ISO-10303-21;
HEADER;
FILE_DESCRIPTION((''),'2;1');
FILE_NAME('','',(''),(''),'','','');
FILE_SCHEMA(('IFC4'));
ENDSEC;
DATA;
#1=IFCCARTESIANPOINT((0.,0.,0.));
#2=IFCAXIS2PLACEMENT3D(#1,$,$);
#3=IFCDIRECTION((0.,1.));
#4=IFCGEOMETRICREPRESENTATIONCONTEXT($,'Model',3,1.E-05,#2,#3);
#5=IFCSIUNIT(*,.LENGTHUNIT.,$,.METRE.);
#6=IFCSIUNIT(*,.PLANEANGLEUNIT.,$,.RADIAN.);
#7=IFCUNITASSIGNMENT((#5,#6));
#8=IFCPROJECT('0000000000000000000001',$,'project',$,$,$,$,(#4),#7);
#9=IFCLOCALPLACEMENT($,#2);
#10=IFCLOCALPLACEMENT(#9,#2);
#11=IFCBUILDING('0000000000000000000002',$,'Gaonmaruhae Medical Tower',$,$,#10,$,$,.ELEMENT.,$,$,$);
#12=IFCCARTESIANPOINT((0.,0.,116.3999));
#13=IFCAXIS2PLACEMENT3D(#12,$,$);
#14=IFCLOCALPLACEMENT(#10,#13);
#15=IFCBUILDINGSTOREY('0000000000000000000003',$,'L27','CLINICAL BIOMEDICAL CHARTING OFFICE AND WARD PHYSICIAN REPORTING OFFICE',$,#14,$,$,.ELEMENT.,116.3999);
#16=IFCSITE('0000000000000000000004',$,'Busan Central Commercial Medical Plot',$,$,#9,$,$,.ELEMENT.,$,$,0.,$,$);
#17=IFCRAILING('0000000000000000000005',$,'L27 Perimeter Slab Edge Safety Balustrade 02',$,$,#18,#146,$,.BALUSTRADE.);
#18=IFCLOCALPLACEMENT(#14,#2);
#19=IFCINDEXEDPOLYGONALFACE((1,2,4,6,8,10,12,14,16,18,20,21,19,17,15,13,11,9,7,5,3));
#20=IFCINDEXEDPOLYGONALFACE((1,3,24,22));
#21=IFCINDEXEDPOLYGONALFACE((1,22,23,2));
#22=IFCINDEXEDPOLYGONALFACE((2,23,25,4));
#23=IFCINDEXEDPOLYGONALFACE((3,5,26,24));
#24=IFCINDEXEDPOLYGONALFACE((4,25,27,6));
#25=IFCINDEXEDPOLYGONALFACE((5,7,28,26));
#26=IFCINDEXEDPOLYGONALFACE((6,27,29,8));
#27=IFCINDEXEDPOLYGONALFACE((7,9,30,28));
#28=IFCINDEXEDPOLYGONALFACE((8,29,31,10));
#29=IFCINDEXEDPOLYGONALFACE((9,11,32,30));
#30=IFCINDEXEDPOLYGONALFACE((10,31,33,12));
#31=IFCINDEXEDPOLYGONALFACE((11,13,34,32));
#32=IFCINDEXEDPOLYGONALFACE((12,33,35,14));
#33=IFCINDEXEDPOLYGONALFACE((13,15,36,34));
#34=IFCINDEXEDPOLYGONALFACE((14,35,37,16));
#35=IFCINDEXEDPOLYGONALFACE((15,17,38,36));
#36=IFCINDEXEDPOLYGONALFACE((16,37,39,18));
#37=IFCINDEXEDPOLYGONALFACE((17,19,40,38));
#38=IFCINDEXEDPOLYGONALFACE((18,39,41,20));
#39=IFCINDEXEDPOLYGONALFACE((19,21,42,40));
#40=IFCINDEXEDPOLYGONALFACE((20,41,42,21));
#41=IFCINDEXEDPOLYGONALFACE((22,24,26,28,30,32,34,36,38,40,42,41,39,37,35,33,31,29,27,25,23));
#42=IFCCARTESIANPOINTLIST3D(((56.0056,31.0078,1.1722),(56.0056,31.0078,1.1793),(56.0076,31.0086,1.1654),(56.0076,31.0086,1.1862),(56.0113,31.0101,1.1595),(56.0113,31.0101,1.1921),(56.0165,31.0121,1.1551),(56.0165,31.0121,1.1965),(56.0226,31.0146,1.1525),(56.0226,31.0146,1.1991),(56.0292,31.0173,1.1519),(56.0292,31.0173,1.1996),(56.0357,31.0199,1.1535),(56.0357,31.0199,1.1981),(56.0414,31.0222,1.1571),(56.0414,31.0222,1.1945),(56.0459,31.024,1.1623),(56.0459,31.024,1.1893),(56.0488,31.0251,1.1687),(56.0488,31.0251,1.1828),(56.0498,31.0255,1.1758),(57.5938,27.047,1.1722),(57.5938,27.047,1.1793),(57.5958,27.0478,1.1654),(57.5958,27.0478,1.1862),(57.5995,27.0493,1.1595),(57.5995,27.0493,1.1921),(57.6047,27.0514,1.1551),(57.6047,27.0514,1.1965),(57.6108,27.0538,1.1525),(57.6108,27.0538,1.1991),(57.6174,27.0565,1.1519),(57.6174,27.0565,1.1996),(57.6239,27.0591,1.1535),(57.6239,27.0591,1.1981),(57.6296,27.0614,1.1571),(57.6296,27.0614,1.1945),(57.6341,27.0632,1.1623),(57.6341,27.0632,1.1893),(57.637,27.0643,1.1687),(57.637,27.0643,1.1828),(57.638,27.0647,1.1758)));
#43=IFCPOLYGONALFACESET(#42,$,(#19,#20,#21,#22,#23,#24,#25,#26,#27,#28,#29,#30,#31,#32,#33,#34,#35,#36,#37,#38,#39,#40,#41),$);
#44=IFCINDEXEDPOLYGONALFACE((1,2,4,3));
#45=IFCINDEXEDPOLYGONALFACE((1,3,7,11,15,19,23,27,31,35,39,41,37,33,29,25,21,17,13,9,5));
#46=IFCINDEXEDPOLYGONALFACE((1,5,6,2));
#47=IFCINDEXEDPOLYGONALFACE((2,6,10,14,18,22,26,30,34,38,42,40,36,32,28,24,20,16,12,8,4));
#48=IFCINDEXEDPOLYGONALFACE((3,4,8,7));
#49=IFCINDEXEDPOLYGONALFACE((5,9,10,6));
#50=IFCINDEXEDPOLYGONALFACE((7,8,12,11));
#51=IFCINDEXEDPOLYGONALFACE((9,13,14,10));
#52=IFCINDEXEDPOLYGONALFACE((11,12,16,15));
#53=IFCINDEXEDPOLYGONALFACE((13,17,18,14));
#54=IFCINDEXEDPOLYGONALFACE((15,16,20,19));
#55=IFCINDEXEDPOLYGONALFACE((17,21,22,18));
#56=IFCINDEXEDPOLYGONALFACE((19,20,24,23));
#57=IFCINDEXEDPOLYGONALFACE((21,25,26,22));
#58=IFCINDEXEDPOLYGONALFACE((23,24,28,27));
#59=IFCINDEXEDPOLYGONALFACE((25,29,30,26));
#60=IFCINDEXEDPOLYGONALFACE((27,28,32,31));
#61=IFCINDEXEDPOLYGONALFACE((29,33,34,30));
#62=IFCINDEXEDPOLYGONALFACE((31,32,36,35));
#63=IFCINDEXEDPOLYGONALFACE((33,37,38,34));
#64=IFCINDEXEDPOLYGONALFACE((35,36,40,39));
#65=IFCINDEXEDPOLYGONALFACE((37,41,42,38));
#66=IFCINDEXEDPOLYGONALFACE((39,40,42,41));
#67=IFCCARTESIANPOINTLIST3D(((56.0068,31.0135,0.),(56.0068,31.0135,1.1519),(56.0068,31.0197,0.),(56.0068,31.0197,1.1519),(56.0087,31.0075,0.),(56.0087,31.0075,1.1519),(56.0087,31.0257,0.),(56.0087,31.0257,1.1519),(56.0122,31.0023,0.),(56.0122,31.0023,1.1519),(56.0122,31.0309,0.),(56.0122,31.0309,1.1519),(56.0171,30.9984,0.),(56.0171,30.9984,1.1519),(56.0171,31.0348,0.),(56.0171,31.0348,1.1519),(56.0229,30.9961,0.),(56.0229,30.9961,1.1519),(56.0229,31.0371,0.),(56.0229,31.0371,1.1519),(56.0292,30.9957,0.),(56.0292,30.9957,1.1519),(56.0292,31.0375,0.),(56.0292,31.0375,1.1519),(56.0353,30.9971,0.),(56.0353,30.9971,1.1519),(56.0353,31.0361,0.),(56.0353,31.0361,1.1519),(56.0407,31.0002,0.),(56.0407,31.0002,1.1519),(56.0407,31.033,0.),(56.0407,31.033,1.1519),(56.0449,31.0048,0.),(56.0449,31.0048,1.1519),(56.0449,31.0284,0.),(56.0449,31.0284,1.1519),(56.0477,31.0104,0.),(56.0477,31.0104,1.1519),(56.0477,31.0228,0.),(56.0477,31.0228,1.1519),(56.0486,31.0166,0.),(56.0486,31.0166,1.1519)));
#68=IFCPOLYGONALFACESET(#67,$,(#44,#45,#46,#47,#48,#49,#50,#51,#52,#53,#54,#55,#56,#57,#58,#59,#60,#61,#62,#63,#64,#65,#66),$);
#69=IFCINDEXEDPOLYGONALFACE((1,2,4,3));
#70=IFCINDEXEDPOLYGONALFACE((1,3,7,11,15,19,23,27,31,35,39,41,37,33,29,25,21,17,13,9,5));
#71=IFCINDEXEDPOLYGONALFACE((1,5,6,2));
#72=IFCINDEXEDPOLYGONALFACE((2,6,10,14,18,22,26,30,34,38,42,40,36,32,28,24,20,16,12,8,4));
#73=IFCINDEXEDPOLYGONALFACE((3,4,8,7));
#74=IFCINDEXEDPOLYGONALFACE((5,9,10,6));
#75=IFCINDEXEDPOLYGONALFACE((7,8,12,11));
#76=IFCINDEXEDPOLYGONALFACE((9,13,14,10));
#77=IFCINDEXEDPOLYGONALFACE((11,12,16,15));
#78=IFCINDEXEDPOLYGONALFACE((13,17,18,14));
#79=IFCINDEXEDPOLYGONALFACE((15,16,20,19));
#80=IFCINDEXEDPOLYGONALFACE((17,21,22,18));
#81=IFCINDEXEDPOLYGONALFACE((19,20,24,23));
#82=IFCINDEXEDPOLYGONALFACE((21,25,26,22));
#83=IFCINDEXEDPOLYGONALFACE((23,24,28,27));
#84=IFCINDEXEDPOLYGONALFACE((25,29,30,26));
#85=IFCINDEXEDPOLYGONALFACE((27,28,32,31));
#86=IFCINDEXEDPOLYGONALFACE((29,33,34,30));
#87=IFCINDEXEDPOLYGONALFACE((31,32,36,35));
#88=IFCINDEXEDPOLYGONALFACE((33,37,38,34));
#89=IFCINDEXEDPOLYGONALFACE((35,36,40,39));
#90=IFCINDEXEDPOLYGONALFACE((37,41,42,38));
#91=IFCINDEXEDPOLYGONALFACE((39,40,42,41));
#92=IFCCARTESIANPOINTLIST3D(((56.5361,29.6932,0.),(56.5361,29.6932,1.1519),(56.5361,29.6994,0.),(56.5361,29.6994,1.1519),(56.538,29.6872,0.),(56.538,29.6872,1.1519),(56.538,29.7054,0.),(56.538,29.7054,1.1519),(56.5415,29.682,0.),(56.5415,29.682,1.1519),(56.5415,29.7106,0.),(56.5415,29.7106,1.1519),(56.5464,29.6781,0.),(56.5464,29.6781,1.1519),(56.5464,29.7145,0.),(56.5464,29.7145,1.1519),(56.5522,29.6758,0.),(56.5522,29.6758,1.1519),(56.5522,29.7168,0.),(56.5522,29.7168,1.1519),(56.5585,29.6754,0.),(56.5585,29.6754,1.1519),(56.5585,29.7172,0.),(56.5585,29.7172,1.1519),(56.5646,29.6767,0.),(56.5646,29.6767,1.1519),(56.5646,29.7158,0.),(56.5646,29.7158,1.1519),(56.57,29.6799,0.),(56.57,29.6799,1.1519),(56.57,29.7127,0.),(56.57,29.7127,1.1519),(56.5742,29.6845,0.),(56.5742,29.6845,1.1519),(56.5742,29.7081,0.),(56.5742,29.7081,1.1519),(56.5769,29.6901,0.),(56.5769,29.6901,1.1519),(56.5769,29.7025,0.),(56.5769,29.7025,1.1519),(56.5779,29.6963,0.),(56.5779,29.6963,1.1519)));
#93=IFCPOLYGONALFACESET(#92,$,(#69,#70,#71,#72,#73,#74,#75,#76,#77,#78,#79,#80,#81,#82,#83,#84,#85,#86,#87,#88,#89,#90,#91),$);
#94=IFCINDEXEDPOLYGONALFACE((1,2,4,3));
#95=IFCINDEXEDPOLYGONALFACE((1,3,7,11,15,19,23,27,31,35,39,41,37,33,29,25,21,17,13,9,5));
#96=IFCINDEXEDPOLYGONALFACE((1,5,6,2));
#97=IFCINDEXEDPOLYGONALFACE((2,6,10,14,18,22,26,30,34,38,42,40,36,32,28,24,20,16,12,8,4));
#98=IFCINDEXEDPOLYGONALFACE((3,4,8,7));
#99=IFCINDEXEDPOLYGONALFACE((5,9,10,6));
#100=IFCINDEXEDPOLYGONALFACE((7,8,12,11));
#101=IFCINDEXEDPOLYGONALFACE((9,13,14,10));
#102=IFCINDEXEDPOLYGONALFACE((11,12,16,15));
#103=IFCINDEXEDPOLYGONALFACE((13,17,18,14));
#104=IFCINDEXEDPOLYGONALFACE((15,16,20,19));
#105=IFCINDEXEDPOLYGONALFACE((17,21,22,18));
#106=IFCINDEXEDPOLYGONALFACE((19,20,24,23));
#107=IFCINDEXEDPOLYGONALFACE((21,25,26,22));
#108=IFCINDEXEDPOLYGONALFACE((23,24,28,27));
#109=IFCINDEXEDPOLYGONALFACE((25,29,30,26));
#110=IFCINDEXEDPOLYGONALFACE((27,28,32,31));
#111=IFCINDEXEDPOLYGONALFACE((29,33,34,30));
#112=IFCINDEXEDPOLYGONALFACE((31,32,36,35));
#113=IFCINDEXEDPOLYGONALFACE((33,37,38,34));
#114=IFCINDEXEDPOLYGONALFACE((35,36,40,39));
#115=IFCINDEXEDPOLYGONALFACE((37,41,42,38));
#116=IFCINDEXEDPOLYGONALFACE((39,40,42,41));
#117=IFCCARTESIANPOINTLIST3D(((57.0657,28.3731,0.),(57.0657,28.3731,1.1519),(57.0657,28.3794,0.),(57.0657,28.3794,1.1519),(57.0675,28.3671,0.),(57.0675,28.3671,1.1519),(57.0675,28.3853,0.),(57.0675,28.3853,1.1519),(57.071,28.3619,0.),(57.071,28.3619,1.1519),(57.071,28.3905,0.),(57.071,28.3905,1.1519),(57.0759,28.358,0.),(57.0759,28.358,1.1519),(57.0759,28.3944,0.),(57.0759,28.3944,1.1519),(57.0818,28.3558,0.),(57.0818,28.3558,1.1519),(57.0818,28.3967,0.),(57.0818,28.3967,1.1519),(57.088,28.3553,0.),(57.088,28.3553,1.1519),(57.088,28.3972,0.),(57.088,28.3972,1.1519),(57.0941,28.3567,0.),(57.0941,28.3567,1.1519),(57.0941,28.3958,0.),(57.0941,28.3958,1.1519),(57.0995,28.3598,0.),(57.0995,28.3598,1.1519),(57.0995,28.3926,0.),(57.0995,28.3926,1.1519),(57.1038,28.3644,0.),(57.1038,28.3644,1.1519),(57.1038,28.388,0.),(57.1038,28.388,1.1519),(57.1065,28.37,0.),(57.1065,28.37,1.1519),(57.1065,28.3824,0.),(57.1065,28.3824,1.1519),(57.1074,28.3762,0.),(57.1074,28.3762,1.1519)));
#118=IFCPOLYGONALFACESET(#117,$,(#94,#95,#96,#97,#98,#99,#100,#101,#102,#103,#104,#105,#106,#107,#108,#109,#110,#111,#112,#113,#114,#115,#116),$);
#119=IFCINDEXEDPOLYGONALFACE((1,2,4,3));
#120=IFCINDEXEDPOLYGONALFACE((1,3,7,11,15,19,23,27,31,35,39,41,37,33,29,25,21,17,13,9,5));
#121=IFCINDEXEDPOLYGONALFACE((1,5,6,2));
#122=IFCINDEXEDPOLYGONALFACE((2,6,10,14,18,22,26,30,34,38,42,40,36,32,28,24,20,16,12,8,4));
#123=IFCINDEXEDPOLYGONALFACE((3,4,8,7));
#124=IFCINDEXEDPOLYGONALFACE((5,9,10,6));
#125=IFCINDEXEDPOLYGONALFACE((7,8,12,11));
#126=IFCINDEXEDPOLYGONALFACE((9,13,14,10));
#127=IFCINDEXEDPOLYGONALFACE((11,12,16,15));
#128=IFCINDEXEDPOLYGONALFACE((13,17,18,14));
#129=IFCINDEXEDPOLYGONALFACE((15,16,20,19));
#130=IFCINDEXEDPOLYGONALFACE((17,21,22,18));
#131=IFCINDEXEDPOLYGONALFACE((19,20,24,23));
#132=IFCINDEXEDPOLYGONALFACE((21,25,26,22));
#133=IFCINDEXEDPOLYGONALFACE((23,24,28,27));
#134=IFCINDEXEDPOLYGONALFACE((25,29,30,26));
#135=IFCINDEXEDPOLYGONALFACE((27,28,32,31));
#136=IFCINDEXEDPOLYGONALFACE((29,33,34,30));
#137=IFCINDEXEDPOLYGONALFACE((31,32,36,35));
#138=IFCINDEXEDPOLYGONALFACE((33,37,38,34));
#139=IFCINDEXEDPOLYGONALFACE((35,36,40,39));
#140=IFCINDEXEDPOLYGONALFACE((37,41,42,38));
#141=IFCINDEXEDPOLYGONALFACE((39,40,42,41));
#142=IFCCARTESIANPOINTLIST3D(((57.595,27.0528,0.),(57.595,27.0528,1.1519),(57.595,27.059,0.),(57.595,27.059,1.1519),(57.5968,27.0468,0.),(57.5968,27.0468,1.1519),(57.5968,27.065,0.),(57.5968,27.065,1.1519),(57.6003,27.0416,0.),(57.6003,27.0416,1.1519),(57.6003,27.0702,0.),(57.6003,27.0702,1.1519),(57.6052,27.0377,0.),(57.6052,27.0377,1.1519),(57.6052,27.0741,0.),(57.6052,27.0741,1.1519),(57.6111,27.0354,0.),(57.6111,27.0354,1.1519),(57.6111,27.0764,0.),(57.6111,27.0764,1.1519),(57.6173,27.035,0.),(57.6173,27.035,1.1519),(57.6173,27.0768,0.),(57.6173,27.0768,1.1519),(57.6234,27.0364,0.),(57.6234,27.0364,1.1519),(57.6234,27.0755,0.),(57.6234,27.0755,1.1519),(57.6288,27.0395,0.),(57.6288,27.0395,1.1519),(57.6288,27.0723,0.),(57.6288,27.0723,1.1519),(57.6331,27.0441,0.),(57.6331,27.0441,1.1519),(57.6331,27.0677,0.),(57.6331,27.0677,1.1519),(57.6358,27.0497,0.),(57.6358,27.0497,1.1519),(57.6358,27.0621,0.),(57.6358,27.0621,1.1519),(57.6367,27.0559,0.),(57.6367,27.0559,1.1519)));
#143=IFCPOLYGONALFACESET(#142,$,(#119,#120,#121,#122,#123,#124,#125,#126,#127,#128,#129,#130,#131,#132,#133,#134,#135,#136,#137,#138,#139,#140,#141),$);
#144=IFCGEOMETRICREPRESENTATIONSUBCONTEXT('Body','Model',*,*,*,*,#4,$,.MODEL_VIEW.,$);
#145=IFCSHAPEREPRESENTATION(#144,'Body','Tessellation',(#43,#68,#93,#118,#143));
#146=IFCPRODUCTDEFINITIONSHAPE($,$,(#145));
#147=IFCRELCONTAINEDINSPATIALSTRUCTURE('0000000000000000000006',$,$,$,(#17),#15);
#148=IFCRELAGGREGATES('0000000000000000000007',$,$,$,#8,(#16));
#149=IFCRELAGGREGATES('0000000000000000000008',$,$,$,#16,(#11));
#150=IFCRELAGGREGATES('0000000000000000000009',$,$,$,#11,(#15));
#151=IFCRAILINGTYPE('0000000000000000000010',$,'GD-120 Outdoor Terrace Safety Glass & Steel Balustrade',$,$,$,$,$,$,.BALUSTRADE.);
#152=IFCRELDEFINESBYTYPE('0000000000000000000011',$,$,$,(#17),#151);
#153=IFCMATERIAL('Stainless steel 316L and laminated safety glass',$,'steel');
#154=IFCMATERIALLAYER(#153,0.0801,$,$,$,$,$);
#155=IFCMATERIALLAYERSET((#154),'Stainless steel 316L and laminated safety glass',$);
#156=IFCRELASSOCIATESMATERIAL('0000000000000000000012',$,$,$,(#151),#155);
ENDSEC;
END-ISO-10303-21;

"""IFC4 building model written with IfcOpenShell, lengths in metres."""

from ifc_helpers import new_model, si_unit, direction, frame, origin, origin_2d, place, context, subcontext, project, spatial, circle, extrude, material, layer, layer_set, type_object, element, save


model = new_model("IFC4")

# Units and contexts
model_context = context("Model", 3, precision=1e-05, world=origin(), true_north=direction((0.0, 1.0)))
body_context = subcontext(model_context, "Body", "Model", "MODEL_VIEW")
ifc_project = project(units=[si_unit("LENGTHUNIT", "METRE"), si_unit("PLANEANGLEUNIT", "RADIAN")], contexts=[model_context])

# Site, building, storey
site_placement = place(None, origin())
site = spatial("IfcSite", under=ifc_project, at=site_placement, Name="Busan Central Commercial Medical Plot", CompositionType="ELEMENT", RefElevation=0.0)
building_placement = place(site_placement, origin())
building = spatial("IfcBuilding", under=site, at=building_placement, Name="Gaonmaruhae Medical Tower", CompositionType="ELEMENT")
storey_placement = place(building_placement, frame((0.0, 0.0, 116.3999)))
storey = spatial("IfcBuildingStorey", under=building, at=storey_placement, Name="L27", Description="CLINICAL BIOMEDICAL CHARTING OFFICE AND WARD PHYSICIAN REPORTING OFFICE", CompositionType="ELEMENT", Elevation=116.3999)

# Railing
ifc_material_1 = material(Name="Stainless steel 316L and laminated safety glass", Category="steel")
ifc_layer_1 = layer(ifc_material_1, 0.0801)
ifc_layer_set_1 = layer_set([ifc_layer_1], Name="Stainless steel 316L and laminated safety glass")
railing_type = type_object("IfcRailingType", Name="GD-120 Outdoor Terrace Safety Glass & Steel Balustrade", PredefinedType="BALUSTRADE", material=ifc_layer_set_1)
railing_1_placement = place(storey_placement, frame((56.0276, 31.0166, 0.0)))
element("IfcRailing", 1, at=railing_1_placement, inside=storey, type_object=railing_type, Name="L27 Perimeter Slab Edge Safety Balustrade 02", PredefinedType="BALUSTRADE", context=body_context, shape_type="SweptSolid", body=[
    extrude(circle(Radius=0.0239, at=origin_2d()), frame((0.0, 0.0, 1.1758), z_axis=(0.37217, -0.928165, 0.0), x_axis=(0.928165, 0.37217, 0.0)), (0.0, 0.0, 1.0), 4.2673),
    extrude(circle(Radius=0.021, at=origin_2d()), origin(), (0.0, 0.0, 1.0), 1.1519),
    extrude(circle(Radius=0.021, at=origin_2d()), frame((0.5293, -1.3203, 0.0)), (0.0, 0.0, 1.0), 1.1519),
    extrude(circle(Radius=0.021, at=origin_2d()), frame((1.0588, -2.6404, 0.0)), (0.0, 0.0, 1.0), 1.1519),
    extrude(circle(Radius=0.021, at=origin_2d()), frame((1.5881, -3.9607, 0.0)), (0.0, 0.0, 1.0), 1.1519),
])

save(model, "model.ifc")
